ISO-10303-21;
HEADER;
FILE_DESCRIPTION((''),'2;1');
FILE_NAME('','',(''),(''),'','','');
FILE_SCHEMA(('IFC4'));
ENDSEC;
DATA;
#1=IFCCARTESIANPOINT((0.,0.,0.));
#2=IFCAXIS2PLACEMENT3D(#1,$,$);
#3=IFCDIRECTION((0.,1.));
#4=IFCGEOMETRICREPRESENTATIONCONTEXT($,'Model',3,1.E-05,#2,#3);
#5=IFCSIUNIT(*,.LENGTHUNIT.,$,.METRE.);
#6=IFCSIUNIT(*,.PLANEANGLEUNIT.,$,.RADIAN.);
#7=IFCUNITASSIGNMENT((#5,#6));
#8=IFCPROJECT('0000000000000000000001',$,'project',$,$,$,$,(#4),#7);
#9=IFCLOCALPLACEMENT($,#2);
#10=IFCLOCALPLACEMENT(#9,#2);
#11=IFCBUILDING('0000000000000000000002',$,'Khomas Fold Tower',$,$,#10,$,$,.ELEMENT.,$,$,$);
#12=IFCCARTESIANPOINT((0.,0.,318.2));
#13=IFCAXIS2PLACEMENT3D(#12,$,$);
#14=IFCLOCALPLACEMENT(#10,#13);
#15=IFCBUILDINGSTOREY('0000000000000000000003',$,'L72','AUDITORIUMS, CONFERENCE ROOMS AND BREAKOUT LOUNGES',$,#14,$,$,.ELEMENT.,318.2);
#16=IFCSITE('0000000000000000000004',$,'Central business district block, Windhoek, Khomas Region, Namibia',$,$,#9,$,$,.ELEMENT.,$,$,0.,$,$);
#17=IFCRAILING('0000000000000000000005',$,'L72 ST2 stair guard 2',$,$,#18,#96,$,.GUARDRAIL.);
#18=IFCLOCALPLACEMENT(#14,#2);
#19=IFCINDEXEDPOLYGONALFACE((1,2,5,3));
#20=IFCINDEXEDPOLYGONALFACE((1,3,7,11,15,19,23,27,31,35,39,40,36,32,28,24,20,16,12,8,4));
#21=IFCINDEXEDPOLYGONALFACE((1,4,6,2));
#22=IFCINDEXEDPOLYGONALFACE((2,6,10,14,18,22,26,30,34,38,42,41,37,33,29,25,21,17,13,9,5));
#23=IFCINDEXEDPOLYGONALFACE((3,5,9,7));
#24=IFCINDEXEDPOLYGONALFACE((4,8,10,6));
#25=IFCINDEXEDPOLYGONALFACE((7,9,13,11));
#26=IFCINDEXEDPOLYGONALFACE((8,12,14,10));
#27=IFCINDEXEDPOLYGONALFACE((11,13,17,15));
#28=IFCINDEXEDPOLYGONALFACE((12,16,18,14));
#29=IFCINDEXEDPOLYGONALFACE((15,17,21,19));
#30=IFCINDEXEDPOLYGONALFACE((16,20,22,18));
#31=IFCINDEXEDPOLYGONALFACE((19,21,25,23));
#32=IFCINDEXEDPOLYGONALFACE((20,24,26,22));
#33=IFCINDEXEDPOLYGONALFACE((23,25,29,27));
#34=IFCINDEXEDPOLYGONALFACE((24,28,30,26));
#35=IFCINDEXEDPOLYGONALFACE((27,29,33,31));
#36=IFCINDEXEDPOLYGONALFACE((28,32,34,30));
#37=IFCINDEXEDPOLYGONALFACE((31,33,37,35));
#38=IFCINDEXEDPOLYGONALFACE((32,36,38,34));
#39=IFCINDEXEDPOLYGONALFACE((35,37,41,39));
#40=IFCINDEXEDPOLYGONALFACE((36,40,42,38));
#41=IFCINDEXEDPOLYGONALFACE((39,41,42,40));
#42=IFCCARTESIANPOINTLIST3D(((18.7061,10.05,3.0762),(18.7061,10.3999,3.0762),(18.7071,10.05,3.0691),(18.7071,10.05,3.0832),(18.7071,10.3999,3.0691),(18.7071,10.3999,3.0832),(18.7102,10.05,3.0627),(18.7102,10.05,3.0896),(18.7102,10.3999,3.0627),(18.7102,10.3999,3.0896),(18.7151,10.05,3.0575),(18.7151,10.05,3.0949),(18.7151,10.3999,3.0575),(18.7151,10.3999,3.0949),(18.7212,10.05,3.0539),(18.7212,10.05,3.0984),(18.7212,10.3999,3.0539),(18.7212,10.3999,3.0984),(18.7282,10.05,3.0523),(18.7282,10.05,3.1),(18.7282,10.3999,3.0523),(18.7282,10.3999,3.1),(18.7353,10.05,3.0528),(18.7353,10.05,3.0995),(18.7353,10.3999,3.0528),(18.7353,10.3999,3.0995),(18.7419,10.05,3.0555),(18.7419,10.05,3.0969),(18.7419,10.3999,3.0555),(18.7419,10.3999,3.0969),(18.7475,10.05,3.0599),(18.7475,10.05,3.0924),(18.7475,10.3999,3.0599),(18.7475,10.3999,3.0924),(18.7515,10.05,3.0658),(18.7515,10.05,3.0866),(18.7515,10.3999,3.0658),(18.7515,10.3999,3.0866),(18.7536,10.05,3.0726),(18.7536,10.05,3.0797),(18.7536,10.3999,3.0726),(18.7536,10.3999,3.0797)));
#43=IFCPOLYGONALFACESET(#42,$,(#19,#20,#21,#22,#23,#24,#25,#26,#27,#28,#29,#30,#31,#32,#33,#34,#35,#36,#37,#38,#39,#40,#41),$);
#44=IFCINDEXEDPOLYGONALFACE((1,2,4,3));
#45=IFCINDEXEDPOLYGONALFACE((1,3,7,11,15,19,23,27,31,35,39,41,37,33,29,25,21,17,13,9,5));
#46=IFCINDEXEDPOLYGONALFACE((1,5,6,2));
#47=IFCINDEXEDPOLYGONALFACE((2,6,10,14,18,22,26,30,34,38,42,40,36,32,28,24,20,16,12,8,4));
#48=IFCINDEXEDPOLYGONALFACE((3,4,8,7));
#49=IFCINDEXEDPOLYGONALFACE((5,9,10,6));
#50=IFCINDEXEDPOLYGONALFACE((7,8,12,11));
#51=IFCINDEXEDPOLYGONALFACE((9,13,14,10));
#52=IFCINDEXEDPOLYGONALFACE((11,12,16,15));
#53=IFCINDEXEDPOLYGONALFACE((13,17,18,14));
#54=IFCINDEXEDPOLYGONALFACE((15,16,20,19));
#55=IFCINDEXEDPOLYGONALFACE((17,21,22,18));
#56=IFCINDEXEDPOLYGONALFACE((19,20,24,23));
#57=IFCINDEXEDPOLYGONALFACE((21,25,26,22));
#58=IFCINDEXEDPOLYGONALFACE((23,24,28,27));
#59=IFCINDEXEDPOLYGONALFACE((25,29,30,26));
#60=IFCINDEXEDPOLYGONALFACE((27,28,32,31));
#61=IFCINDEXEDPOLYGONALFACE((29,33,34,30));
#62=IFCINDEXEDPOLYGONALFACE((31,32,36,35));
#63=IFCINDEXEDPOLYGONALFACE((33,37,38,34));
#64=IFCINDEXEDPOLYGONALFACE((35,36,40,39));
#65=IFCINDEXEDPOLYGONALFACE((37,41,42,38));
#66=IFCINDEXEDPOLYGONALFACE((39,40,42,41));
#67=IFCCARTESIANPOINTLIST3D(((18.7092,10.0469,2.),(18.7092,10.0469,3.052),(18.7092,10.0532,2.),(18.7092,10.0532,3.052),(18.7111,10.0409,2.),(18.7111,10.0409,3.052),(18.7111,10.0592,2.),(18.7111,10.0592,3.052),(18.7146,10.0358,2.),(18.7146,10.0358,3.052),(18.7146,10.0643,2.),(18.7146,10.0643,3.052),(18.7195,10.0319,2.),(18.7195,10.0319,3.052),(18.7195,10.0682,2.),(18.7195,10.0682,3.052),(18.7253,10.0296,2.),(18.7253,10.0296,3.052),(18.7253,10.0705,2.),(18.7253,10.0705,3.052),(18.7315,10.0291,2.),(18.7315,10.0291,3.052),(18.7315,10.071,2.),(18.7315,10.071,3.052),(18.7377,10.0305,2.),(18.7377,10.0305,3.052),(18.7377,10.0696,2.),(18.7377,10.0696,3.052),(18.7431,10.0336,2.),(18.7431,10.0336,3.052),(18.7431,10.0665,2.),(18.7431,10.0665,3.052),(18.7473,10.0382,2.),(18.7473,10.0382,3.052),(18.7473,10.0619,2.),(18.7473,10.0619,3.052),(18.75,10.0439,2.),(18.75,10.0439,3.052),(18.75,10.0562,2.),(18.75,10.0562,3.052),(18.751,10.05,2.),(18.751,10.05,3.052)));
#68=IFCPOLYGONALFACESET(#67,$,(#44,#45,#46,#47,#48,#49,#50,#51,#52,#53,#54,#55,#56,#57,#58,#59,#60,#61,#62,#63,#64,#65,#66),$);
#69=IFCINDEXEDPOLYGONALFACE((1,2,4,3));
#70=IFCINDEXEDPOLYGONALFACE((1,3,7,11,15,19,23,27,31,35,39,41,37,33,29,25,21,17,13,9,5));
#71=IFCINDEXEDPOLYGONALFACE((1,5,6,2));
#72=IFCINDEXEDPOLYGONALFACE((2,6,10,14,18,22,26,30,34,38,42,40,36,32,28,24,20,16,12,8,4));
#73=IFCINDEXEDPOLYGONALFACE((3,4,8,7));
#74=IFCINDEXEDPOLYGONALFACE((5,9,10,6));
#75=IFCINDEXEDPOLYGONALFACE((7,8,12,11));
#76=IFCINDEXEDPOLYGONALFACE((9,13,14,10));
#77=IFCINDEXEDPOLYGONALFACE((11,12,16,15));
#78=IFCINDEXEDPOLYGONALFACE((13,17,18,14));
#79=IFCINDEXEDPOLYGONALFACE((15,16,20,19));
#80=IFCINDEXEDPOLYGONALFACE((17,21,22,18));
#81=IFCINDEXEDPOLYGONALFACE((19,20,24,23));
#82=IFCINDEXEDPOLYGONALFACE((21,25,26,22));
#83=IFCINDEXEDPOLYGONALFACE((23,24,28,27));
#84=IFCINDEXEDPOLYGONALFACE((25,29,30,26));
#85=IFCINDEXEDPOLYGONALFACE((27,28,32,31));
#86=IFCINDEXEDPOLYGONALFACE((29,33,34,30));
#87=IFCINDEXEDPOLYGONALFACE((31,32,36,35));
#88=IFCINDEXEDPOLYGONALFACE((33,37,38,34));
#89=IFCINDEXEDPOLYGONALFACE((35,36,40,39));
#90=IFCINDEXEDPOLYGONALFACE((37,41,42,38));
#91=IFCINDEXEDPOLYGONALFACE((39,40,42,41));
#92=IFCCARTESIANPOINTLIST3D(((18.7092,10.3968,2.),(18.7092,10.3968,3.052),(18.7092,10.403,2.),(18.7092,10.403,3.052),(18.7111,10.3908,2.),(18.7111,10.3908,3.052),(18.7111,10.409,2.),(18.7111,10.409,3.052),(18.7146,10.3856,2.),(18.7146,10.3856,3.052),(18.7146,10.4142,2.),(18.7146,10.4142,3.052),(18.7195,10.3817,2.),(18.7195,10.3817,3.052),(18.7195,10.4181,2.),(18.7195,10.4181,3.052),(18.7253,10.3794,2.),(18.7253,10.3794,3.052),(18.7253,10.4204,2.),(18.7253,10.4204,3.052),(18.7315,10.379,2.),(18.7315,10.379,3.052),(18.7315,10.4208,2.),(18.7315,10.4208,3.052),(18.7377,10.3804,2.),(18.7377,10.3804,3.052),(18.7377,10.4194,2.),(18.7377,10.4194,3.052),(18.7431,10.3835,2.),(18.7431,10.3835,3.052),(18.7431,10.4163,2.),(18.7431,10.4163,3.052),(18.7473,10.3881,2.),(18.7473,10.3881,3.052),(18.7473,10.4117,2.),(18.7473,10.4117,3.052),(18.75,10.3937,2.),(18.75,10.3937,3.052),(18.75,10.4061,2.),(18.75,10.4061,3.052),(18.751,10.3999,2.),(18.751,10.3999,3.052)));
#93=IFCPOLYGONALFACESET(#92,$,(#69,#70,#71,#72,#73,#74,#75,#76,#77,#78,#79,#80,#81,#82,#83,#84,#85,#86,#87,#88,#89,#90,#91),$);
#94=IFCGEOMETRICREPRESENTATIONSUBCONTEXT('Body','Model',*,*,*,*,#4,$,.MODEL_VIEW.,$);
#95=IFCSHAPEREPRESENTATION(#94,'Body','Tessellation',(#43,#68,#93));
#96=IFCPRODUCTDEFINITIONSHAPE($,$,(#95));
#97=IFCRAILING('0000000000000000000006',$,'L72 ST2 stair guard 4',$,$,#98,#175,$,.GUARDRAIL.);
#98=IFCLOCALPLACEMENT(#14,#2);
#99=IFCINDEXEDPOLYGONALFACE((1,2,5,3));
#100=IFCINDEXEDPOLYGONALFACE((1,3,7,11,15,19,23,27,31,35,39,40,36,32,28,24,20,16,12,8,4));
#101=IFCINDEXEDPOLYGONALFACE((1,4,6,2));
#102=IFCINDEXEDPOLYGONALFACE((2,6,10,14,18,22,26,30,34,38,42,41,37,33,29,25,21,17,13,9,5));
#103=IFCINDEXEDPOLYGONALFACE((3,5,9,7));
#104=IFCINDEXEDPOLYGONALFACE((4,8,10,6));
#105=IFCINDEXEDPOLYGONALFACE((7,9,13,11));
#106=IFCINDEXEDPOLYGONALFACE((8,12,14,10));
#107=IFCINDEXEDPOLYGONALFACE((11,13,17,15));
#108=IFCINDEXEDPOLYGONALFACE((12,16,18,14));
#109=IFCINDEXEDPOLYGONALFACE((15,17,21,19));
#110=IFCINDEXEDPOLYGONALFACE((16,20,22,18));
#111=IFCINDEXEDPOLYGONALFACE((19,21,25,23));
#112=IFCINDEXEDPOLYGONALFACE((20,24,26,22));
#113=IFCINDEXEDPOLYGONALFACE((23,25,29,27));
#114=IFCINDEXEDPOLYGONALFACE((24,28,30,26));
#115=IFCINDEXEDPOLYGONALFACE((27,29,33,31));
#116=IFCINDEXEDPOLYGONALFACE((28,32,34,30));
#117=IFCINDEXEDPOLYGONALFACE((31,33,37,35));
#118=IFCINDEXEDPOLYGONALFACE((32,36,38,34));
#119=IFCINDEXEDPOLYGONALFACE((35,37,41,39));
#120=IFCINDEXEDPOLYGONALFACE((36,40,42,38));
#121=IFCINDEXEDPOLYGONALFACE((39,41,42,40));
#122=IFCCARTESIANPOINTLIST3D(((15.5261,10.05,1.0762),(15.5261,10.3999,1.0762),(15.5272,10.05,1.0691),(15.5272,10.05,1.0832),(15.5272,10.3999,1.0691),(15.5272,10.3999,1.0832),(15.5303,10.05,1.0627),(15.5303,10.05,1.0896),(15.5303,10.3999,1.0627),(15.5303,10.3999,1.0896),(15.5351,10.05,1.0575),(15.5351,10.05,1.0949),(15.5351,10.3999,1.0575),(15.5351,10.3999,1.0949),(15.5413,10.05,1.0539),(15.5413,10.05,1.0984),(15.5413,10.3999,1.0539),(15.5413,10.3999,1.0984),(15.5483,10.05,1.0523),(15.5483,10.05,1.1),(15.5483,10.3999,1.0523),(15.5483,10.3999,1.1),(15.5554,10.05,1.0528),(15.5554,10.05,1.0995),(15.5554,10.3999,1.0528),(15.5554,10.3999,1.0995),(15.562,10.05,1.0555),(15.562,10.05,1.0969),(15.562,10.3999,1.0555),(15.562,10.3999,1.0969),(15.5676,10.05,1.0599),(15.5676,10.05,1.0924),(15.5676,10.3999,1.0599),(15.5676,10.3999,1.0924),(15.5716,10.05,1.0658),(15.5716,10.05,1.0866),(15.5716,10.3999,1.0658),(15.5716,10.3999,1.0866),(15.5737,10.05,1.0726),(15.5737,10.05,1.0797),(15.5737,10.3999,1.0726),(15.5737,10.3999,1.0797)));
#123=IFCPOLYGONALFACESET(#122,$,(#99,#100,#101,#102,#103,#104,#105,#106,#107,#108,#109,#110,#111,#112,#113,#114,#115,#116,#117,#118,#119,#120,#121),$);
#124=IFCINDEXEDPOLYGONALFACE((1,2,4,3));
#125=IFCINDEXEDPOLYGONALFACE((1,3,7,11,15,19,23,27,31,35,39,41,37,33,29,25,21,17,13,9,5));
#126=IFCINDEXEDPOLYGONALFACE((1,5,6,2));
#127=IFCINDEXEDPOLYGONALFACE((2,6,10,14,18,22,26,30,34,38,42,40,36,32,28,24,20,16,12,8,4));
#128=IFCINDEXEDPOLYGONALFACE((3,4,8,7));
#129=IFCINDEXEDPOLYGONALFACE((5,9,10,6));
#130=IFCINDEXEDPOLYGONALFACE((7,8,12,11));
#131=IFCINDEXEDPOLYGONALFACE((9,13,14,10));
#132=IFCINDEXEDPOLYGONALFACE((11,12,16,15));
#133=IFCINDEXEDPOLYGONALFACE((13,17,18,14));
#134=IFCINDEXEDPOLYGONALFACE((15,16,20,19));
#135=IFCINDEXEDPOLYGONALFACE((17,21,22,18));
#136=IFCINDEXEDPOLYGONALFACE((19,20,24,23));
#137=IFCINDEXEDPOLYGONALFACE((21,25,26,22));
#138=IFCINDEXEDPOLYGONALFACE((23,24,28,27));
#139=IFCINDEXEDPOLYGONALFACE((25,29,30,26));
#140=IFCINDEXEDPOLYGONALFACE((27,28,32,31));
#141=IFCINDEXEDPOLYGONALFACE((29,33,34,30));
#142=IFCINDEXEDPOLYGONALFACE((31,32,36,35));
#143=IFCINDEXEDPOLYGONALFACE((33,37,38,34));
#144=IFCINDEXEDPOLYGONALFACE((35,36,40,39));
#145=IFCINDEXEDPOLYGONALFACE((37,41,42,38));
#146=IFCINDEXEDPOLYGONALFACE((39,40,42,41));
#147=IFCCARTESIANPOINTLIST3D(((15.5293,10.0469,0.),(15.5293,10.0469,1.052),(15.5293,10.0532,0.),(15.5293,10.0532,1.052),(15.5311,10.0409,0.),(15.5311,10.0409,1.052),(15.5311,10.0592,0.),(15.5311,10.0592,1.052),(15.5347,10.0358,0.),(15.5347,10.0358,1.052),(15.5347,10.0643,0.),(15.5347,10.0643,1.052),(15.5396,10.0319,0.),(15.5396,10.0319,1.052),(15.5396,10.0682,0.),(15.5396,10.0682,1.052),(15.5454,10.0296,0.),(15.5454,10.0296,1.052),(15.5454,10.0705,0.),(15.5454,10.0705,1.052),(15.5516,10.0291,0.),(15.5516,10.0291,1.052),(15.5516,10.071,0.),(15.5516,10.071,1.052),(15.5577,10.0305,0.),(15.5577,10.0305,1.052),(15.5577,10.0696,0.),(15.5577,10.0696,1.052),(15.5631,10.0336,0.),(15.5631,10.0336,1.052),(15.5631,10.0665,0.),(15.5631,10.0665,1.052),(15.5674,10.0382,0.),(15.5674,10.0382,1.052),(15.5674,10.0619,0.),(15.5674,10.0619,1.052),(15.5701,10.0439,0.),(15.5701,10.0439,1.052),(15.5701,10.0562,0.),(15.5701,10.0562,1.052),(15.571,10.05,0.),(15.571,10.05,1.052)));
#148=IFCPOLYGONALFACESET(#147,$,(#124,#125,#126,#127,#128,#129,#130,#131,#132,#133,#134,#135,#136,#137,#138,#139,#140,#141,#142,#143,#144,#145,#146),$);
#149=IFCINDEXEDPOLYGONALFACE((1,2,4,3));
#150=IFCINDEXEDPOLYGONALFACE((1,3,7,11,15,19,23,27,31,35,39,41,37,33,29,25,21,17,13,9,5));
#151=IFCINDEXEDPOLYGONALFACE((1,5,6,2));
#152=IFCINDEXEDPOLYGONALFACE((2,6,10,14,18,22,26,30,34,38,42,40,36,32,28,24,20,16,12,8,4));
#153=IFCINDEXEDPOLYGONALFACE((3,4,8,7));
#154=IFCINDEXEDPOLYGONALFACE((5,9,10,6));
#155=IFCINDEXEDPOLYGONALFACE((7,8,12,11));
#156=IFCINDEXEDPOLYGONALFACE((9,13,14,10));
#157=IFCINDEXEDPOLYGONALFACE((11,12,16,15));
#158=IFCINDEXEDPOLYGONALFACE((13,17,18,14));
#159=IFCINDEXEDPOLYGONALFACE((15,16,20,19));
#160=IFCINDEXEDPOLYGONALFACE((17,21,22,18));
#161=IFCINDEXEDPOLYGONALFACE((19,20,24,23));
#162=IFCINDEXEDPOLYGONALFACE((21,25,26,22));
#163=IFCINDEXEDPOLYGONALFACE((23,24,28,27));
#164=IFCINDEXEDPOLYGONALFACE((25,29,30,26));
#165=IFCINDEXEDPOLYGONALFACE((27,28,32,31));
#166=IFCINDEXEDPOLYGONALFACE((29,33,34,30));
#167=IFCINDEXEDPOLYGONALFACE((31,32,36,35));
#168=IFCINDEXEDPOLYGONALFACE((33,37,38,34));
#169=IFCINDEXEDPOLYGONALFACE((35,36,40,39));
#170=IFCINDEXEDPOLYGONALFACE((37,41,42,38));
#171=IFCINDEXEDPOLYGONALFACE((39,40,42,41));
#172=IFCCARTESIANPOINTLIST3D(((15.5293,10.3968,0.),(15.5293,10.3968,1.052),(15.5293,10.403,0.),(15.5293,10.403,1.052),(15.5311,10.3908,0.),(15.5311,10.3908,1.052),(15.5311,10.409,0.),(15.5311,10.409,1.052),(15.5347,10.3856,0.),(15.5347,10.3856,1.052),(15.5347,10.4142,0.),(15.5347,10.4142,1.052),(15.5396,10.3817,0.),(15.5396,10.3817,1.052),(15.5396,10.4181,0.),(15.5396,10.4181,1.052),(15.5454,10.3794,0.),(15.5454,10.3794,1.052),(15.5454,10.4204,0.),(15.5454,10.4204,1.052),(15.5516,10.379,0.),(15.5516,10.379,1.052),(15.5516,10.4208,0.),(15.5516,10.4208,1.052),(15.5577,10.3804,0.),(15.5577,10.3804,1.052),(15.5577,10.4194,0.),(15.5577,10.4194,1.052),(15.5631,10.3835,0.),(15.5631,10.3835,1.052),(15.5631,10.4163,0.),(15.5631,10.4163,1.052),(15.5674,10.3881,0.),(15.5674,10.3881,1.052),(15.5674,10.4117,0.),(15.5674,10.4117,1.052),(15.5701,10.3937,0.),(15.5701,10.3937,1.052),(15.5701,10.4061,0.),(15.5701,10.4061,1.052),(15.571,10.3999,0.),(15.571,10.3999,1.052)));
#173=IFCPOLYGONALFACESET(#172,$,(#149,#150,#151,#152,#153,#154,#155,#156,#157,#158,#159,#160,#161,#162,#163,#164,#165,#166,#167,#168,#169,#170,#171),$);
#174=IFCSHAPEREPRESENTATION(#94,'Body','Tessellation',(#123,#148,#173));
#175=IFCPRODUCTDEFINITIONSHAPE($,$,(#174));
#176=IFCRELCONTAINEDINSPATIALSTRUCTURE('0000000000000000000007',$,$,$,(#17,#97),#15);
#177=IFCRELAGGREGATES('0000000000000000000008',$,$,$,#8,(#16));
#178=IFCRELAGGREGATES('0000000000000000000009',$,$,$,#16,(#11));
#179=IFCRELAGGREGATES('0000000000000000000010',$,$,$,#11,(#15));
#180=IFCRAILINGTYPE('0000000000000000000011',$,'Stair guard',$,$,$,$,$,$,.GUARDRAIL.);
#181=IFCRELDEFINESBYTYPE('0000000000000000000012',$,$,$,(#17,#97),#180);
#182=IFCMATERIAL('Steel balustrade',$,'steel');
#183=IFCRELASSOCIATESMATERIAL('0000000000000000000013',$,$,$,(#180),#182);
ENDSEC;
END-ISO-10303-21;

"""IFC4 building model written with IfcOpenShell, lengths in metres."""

from ifc_helpers import new_model, si_unit, direction, frame, origin, origin_2d, place, context, subcontext, project, spatial, circle, extrude, source, transform, mapped, material, type_object, element, save


model = new_model("IFC4")

# Units and contexts
model_context = context("Model", 3, precision=1e-05, world=origin(), true_north=direction((0.0, 1.0)))
body_context = subcontext(model_context, "Body", "Model", "MODEL_VIEW")
ifc_project = project(units=[si_unit("LENGTHUNIT", "METRE"), si_unit("PLANEANGLEUNIT", "RADIAN")], contexts=[model_context])

# Site, building, storey
site_placement = place(None, origin())
site = spatial("IfcSite", under=ifc_project, at=site_placement, Name="Central business district block, Windhoek, Khomas Region, Namibia", CompositionType="ELEMENT", RefElevation=0.0)
building_placement = place(site_placement, origin())
building = spatial("IfcBuilding", under=site, at=building_placement, Name="Khomas Fold Tower", CompositionType="ELEMENT")
storey_placement = place(building_placement, frame((0.0, 0.0, 318.2)))
storey = spatial("IfcBuildingStorey", under=building, at=storey_placement, Name="L72", Description="AUDITORIUMS, CONFERENCE ROOMS AND BREAKOUT LOUNGES", CompositionType="ELEMENT", Elevation=318.2)

# Railings
ifc_material_1 = material(Name="Steel balustrade", Category="steel")
railing_type_1 = type_object("IfcRailingType", Name="Stair guard", PredefinedType="GUARDRAIL", material=ifc_material_1)
shared_shape_1 = source(origin(), body_context, "Body", "SweptSolid", [
    extrude(circle(Radius=0.0239, at=origin_2d()), frame((0.0, 0.0, 1.0762), z_axis=(0.0, 1.0, 0.0), x_axis=(-1.0, 0.0, 0.0)), (0.0, 0.0, 1.0), 0.3499),
    extrude(circle(Radius=0.021, at=origin_2d()), origin(), (0.0, 0.0, 1.0), 1.052),
    extrude(circle(Radius=0.021, at=origin_2d()), frame((0.0, 0.3499, 0.0)), (0.0, 0.0, 1.0), 1.052),
])
for number, where, name in (
    (1, (18.73, 10.05, 2.0), "L72 ST2 stair guard 2"),
    (2, (15.55, 10.05, 0.0), "L72 ST2 stair guard 4"),
):
    element("IfcRailing", number, at=place(storey_placement, frame(where)), inside=storey, type_object=railing_type_1, Name=name, PredefinedType="GUARDRAIL", context=body_context, shape_type="MappedRepresentation", body=[
        mapped(shared_shape_1, transform((0.0, 0.0, 0.0))),
    ])

save(model, "model.ifc")
